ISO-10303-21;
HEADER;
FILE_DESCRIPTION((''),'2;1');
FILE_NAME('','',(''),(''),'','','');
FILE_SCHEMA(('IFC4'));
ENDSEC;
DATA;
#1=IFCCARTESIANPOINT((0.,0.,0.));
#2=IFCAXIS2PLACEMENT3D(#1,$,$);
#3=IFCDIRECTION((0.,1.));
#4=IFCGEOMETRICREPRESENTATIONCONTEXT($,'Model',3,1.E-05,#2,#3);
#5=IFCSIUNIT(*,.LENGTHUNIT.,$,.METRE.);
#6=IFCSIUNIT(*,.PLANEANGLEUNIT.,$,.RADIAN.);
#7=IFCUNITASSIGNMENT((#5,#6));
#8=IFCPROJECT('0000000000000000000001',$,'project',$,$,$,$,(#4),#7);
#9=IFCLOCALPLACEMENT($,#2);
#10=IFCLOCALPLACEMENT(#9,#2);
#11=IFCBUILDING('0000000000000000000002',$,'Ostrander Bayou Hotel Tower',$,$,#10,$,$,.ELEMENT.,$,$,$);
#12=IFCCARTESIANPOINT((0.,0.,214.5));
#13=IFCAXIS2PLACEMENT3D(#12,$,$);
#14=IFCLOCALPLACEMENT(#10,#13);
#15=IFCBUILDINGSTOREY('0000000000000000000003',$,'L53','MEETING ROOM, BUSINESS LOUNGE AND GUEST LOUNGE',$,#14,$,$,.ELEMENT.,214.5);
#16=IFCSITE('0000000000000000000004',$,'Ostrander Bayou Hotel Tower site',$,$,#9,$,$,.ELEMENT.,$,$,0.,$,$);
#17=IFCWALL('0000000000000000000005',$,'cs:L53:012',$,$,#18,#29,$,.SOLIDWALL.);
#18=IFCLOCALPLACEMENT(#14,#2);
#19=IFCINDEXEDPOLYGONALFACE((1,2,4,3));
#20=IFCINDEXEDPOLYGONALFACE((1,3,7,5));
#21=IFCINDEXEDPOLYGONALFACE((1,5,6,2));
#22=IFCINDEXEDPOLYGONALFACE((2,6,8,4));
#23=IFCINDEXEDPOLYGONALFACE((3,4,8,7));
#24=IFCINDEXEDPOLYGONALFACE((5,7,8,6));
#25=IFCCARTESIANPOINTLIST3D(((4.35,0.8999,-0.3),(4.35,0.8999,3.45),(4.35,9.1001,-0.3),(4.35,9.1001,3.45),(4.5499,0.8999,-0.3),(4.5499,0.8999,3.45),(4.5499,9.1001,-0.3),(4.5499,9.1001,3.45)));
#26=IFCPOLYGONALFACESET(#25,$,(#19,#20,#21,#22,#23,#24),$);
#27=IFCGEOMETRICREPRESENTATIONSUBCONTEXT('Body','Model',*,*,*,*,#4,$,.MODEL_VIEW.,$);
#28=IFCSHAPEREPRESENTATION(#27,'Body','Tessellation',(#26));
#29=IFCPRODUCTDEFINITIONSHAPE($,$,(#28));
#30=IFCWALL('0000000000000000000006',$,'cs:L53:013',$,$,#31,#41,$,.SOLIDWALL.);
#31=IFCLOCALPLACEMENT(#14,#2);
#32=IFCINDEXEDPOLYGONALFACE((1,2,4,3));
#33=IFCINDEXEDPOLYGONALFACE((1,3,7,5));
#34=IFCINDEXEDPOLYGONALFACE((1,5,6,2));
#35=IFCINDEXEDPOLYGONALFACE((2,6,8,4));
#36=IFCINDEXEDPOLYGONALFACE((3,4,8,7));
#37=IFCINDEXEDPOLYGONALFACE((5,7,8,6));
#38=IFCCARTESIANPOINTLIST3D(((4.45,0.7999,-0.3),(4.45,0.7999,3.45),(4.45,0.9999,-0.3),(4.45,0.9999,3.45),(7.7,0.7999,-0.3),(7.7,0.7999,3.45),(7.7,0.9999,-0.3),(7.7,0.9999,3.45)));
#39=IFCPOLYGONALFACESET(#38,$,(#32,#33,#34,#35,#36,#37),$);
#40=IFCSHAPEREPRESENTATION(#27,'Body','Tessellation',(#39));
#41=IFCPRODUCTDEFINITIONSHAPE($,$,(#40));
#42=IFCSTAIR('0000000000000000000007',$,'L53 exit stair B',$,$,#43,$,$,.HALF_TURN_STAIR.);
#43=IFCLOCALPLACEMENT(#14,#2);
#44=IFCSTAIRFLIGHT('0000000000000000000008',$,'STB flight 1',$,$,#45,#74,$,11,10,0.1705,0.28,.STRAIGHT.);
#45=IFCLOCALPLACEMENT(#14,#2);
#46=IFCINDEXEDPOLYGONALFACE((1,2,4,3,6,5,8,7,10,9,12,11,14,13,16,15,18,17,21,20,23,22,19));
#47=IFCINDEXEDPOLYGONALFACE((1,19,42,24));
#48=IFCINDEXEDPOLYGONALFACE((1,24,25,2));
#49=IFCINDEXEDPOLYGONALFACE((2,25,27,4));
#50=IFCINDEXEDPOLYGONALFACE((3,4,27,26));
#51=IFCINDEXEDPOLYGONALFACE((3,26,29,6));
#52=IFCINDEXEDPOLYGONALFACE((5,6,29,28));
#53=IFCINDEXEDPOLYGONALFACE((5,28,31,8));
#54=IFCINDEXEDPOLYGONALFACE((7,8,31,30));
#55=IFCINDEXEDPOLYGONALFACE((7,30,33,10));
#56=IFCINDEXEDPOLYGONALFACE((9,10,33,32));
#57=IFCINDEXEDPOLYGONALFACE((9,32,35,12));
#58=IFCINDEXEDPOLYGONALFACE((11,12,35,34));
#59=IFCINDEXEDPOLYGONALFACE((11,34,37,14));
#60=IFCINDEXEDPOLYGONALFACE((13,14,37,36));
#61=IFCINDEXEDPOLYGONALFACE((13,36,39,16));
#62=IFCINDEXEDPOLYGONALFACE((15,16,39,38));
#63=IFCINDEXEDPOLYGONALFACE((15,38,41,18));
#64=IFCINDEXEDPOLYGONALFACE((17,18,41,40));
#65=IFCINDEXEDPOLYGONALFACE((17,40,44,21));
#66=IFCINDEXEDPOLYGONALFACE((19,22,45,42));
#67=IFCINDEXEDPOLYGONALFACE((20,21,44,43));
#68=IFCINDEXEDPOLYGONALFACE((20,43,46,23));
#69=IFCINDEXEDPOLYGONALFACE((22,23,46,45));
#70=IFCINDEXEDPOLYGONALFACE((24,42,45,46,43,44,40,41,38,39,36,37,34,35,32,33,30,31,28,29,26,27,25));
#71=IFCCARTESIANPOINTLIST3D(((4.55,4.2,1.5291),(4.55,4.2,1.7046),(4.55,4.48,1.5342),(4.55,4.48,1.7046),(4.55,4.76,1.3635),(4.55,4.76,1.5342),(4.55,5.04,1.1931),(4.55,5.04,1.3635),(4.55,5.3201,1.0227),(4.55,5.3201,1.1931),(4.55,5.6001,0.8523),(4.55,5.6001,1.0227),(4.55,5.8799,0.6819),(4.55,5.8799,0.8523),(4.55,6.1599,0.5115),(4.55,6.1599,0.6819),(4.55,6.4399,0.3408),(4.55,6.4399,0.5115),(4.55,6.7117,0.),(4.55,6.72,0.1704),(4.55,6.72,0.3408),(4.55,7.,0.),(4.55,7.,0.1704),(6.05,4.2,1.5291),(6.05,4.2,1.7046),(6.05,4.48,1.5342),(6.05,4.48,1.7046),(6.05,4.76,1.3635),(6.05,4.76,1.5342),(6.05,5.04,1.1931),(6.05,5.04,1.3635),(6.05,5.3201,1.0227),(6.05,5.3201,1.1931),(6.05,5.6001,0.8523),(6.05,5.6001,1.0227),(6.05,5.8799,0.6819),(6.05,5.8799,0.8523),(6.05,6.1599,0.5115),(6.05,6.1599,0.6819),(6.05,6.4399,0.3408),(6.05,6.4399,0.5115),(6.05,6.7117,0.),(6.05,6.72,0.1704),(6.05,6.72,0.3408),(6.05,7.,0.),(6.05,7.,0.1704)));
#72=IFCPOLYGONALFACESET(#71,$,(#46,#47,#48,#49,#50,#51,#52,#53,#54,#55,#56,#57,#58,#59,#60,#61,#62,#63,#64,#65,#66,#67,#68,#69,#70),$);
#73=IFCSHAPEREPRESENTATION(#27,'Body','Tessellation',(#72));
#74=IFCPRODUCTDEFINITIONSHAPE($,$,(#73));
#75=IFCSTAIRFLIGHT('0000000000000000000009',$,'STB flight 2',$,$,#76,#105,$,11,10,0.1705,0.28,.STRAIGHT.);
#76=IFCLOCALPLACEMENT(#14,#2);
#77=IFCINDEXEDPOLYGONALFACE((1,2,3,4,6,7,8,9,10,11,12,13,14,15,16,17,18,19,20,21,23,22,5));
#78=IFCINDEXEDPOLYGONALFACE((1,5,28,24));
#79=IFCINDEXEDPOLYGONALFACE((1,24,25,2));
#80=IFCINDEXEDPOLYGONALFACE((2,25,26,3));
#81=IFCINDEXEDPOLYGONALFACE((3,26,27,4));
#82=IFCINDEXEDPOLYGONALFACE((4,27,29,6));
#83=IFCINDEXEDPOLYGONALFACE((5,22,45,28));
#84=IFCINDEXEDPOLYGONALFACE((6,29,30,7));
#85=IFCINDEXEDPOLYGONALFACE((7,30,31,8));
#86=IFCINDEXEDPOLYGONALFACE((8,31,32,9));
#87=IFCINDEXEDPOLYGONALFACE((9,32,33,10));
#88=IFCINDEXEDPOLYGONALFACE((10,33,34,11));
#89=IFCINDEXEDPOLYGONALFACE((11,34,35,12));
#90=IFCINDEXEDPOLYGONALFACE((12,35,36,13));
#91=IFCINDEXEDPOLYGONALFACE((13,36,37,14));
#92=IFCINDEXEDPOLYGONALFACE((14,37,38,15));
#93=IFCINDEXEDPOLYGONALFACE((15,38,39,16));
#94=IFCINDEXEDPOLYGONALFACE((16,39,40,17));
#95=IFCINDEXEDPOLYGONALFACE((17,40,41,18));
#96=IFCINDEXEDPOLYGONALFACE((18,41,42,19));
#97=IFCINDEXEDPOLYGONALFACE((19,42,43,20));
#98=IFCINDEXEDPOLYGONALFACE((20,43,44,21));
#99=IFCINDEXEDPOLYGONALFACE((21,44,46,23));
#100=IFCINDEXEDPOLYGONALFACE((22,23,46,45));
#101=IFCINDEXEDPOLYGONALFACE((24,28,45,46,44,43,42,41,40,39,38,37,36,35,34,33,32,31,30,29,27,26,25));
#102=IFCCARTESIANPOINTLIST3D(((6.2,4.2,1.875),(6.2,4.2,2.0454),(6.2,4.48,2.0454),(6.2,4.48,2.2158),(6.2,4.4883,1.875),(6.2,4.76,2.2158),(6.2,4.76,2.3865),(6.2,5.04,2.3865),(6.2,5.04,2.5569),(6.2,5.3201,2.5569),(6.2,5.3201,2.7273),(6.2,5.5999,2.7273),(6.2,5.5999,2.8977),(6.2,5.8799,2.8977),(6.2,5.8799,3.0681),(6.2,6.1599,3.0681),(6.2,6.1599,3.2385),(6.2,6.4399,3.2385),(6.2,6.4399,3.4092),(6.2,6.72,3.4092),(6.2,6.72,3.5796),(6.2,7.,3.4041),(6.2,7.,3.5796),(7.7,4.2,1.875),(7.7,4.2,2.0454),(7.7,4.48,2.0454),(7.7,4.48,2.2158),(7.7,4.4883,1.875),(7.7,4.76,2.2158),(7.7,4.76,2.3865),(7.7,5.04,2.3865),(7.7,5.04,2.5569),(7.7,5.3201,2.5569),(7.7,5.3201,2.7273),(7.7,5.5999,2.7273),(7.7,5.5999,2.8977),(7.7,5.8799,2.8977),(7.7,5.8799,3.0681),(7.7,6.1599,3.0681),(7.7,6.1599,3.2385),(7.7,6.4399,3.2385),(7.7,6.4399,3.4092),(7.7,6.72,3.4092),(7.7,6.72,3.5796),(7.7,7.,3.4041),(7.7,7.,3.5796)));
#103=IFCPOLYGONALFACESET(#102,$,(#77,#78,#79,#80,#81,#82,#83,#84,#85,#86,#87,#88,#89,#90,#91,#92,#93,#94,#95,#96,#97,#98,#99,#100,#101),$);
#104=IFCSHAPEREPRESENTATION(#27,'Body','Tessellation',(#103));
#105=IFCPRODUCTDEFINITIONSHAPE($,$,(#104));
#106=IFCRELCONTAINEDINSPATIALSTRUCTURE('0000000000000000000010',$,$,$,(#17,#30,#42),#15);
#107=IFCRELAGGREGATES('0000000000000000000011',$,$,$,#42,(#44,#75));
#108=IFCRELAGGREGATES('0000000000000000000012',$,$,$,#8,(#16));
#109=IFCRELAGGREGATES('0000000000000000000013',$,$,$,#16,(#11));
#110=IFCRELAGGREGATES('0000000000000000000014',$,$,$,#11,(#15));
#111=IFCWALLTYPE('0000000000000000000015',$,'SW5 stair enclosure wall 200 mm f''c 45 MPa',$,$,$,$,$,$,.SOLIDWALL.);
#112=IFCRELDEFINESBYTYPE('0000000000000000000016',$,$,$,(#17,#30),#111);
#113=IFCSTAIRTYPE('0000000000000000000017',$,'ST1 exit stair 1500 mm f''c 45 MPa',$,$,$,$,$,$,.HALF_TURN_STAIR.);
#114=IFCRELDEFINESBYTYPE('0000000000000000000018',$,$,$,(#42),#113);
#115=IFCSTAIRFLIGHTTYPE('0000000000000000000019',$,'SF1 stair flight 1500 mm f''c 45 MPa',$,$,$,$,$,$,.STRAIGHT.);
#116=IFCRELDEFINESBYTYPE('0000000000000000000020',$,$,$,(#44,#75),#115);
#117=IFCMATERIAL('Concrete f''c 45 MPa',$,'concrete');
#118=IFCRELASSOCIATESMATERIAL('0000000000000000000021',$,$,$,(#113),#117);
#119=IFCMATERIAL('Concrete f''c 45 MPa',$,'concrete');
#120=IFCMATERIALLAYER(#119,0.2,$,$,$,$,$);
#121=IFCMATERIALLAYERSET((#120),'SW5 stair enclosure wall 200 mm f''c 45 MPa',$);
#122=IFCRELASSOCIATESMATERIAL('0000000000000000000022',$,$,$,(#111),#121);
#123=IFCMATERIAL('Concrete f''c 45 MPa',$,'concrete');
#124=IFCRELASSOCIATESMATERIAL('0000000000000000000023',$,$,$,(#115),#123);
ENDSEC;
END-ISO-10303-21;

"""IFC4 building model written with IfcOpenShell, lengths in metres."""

from ifc_helpers import new_model, si_unit, direction, frame, frame_2d, origin, place, context, subcontext, project, spatial, polyline, rectangle, outline, extrude, material, layer, layer_set, type_object, element, aggregate, save


model = new_model("IFC4")

# Units and contexts
model_context = context("Model", 3, precision=1e-05, world=origin(), true_north=direction((0.0, 1.0)))
body_context = subcontext(model_context, "Body", "Model", "MODEL_VIEW")
ifc_project = project(units=[si_unit("LENGTHUNIT", "METRE"), si_unit("PLANEANGLEUNIT", "RADIAN")], contexts=[model_context])

# Site, building, storey
site_placement = place(None, origin())
site = spatial("IfcSite", under=ifc_project, at=site_placement, Name="Ostrander Bayou Hotel Tower site", CompositionType="ELEMENT", RefElevation=0.0)
building_placement = place(site_placement, origin())
building = spatial("IfcBuilding", under=site, at=building_placement, Name="Ostrander Bayou Hotel Tower", CompositionType="ELEMENT")
storey_placement = place(building_placement, frame((0.0, 0.0, 214.5)))
storey = spatial("IfcBuildingStorey", under=building, at=storey_placement, Name="L53", Description="MEETING ROOM, BUSINESS LOUNGE AND GUEST LOUNGE", CompositionType="ELEMENT", Elevation=214.5)

# Shared definitions
ifc_material_1 = material(Name="Concrete f'c 45 MPa", Category="concrete")
stair_type = type_object("IfcStairType", Name="ST1 exit stair 1500 mm f'c 45 MPa", PredefinedType="HALF_TURN_STAIR", material=ifc_material_1)

# Walls
ifc_material_2 = material(Name="Concrete f'c 45 MPa", Category="concrete")
ifc_layer_1 = layer(ifc_material_2, 0.2)
ifc_layer_set_1 = layer_set([ifc_layer_1], Name="SW5 stair enclosure wall 200 mm f'c 45 MPa")
wall_type_1 = type_object("IfcWallType", Name="SW5 stair enclosure wall 200 mm f'c 45 MPa", PredefinedType="SOLIDWALL", material=ifc_layer_set_1)
wall_1_placement = place(storey_placement, frame((4.45, 0.8999, -0.3), z_axis=(0.0, 0.0, 1.0), x_axis=(0.0, 1.0, 0.0)))
element("IfcWall", 1, at=wall_1_placement, inside=storey, type_object=wall_type_1, Name="cs:L53:012", PredefinedType="SOLIDWALL", context=body_context, shape_type="SweptSolid", body=[
    extrude(rectangle(XDim=8.2002, YDim=0.2, at=frame_2d((4.1001, 0.0))), origin(), (0.0, 0.0, 1.0), 3.75),
])
wall_2_placement = place(storey_placement, frame((4.45, 0.8999, -0.3), z_axis=(0.0, 0.0, 1.0), x_axis=(1.0, 0.0, 0.0)))
element("IfcWall", 2, at=wall_2_placement, inside=storey, type_object=wall_type_1, Name="cs:L53:013", PredefinedType="SOLIDWALL", context=body_context, shape_type="SweptSolid", body=[
    extrude(rectangle(XDim=3.25, YDim=0.2, at=frame_2d((1.625, 0.0))), origin(), (0.0, 0.0, 1.0), 3.75),
])

# Stair, stair flights
stair_1_placement = place(storey_placement, origin())
stair_1 = element("IfcStair", 3, at=stair_1_placement, inside=storey, type_object=stair_type, Name="L53 exit stair B", PredefinedType="HALF_TURN_STAIR")
ifc_material_3 = material(Name="Concrete f'c 45 MPa", Category="concrete")
stair_flight_type = type_object("IfcStairFlightType", Name="SF1 stair flight 1500 mm f'c 45 MPa", PredefinedType="STRAIGHT", material=ifc_material_3)
stair_flight_1_placement = place(storey_placement, frame((5.3, 7.0, 0.0), z_axis=(0.0, 0.0, 1.0), x_axis=(0.0, -1.0, 0.0)))
stair_flight_1 = element("IfcStairFlight", 4, at=stair_flight_1_placement, type_object=stair_flight_type, Name="STB flight 1", NumberOfRisers=11, NumberOfTreads=10, PredefinedType="STRAIGHT", RiserHeight=0.1705, TreadLength=0.28, context=body_context, shape_type="SweptSolid", body=[
    extrude(outline(polyline([(0.0, 0.0), (0.0, 0.1704), (0.28, 0.1704), (0.28, 0.3408), (0.5601, 0.3408), (0.5601, 0.5115), (0.8401, 0.5115), (0.8401, 0.6819), (1.1201, 0.6819), (1.1201, 0.8523), (1.3999, 0.8523), (1.3999, 1.0227), (1.6799, 1.0227), (1.6799, 1.1931), (1.96, 1.1931), (1.96, 1.3635), (2.24, 1.3635), (2.24, 1.5342), (2.52, 1.5342), (2.52, 1.7046), (2.8, 1.7046), (2.8, 1.875), (2.8, 1.5291), (0.2883, 0.0), (0.0, 0.0)])), frame((0.0, 0.75, 0.0), z_axis=(0.0, -1.0, 0.0), x_axis=(1.0, 0.0, 0.0)), (0.0, 0.0, 1.0), 1.5),
])
stair_flight_2_placement = place(storey_placement, frame((6.95, 4.2, 1.875), z_axis=(0.0, 0.0, 1.0), x_axis=(0.0, 1.0, 0.0)))
stair_flight_2 = element("IfcStairFlight", 5, at=stair_flight_2_placement, type_object=stair_flight_type, Name="STB flight 2", NumberOfRisers=11, NumberOfTreads=10, PredefinedType="STRAIGHT", RiserHeight=0.1705, TreadLength=0.28, context=body_context, shape_type="SweptSolid", body=[
    extrude(outline(polyline([(0.0, 0.0), (0.0, 0.1704), (0.28, 0.1704), (0.28, 0.3408), (0.5601, 0.3408), (0.5601, 0.5115), (0.8401, 0.5115), (0.8401, 0.6819), (1.1201, 0.6819), (1.1201, 0.8523), (1.3999, 0.8523), (1.3999, 1.0227), (1.6799, 1.0227), (1.6799, 1.1931), (1.96, 1.1931), (1.96, 1.3635), (2.24, 1.3635), (2.24, 1.5342), (2.52, 1.5342), (2.52, 1.7046), (2.8, 1.7046), (2.8, 1.875), (2.8, 1.5291), (0.2883, 0.0), (0.0, 0.0)])), frame((0.0, 0.75, 0.0), z_axis=(0.0, -1.0, 0.0), x_axis=(1.0, 0.0, 0.0)), (0.0, 0.0, 1.0), 1.5),
])
aggregate(stair_1, [stair_flight_1, stair_flight_2])

save(model, "model.ifc")
